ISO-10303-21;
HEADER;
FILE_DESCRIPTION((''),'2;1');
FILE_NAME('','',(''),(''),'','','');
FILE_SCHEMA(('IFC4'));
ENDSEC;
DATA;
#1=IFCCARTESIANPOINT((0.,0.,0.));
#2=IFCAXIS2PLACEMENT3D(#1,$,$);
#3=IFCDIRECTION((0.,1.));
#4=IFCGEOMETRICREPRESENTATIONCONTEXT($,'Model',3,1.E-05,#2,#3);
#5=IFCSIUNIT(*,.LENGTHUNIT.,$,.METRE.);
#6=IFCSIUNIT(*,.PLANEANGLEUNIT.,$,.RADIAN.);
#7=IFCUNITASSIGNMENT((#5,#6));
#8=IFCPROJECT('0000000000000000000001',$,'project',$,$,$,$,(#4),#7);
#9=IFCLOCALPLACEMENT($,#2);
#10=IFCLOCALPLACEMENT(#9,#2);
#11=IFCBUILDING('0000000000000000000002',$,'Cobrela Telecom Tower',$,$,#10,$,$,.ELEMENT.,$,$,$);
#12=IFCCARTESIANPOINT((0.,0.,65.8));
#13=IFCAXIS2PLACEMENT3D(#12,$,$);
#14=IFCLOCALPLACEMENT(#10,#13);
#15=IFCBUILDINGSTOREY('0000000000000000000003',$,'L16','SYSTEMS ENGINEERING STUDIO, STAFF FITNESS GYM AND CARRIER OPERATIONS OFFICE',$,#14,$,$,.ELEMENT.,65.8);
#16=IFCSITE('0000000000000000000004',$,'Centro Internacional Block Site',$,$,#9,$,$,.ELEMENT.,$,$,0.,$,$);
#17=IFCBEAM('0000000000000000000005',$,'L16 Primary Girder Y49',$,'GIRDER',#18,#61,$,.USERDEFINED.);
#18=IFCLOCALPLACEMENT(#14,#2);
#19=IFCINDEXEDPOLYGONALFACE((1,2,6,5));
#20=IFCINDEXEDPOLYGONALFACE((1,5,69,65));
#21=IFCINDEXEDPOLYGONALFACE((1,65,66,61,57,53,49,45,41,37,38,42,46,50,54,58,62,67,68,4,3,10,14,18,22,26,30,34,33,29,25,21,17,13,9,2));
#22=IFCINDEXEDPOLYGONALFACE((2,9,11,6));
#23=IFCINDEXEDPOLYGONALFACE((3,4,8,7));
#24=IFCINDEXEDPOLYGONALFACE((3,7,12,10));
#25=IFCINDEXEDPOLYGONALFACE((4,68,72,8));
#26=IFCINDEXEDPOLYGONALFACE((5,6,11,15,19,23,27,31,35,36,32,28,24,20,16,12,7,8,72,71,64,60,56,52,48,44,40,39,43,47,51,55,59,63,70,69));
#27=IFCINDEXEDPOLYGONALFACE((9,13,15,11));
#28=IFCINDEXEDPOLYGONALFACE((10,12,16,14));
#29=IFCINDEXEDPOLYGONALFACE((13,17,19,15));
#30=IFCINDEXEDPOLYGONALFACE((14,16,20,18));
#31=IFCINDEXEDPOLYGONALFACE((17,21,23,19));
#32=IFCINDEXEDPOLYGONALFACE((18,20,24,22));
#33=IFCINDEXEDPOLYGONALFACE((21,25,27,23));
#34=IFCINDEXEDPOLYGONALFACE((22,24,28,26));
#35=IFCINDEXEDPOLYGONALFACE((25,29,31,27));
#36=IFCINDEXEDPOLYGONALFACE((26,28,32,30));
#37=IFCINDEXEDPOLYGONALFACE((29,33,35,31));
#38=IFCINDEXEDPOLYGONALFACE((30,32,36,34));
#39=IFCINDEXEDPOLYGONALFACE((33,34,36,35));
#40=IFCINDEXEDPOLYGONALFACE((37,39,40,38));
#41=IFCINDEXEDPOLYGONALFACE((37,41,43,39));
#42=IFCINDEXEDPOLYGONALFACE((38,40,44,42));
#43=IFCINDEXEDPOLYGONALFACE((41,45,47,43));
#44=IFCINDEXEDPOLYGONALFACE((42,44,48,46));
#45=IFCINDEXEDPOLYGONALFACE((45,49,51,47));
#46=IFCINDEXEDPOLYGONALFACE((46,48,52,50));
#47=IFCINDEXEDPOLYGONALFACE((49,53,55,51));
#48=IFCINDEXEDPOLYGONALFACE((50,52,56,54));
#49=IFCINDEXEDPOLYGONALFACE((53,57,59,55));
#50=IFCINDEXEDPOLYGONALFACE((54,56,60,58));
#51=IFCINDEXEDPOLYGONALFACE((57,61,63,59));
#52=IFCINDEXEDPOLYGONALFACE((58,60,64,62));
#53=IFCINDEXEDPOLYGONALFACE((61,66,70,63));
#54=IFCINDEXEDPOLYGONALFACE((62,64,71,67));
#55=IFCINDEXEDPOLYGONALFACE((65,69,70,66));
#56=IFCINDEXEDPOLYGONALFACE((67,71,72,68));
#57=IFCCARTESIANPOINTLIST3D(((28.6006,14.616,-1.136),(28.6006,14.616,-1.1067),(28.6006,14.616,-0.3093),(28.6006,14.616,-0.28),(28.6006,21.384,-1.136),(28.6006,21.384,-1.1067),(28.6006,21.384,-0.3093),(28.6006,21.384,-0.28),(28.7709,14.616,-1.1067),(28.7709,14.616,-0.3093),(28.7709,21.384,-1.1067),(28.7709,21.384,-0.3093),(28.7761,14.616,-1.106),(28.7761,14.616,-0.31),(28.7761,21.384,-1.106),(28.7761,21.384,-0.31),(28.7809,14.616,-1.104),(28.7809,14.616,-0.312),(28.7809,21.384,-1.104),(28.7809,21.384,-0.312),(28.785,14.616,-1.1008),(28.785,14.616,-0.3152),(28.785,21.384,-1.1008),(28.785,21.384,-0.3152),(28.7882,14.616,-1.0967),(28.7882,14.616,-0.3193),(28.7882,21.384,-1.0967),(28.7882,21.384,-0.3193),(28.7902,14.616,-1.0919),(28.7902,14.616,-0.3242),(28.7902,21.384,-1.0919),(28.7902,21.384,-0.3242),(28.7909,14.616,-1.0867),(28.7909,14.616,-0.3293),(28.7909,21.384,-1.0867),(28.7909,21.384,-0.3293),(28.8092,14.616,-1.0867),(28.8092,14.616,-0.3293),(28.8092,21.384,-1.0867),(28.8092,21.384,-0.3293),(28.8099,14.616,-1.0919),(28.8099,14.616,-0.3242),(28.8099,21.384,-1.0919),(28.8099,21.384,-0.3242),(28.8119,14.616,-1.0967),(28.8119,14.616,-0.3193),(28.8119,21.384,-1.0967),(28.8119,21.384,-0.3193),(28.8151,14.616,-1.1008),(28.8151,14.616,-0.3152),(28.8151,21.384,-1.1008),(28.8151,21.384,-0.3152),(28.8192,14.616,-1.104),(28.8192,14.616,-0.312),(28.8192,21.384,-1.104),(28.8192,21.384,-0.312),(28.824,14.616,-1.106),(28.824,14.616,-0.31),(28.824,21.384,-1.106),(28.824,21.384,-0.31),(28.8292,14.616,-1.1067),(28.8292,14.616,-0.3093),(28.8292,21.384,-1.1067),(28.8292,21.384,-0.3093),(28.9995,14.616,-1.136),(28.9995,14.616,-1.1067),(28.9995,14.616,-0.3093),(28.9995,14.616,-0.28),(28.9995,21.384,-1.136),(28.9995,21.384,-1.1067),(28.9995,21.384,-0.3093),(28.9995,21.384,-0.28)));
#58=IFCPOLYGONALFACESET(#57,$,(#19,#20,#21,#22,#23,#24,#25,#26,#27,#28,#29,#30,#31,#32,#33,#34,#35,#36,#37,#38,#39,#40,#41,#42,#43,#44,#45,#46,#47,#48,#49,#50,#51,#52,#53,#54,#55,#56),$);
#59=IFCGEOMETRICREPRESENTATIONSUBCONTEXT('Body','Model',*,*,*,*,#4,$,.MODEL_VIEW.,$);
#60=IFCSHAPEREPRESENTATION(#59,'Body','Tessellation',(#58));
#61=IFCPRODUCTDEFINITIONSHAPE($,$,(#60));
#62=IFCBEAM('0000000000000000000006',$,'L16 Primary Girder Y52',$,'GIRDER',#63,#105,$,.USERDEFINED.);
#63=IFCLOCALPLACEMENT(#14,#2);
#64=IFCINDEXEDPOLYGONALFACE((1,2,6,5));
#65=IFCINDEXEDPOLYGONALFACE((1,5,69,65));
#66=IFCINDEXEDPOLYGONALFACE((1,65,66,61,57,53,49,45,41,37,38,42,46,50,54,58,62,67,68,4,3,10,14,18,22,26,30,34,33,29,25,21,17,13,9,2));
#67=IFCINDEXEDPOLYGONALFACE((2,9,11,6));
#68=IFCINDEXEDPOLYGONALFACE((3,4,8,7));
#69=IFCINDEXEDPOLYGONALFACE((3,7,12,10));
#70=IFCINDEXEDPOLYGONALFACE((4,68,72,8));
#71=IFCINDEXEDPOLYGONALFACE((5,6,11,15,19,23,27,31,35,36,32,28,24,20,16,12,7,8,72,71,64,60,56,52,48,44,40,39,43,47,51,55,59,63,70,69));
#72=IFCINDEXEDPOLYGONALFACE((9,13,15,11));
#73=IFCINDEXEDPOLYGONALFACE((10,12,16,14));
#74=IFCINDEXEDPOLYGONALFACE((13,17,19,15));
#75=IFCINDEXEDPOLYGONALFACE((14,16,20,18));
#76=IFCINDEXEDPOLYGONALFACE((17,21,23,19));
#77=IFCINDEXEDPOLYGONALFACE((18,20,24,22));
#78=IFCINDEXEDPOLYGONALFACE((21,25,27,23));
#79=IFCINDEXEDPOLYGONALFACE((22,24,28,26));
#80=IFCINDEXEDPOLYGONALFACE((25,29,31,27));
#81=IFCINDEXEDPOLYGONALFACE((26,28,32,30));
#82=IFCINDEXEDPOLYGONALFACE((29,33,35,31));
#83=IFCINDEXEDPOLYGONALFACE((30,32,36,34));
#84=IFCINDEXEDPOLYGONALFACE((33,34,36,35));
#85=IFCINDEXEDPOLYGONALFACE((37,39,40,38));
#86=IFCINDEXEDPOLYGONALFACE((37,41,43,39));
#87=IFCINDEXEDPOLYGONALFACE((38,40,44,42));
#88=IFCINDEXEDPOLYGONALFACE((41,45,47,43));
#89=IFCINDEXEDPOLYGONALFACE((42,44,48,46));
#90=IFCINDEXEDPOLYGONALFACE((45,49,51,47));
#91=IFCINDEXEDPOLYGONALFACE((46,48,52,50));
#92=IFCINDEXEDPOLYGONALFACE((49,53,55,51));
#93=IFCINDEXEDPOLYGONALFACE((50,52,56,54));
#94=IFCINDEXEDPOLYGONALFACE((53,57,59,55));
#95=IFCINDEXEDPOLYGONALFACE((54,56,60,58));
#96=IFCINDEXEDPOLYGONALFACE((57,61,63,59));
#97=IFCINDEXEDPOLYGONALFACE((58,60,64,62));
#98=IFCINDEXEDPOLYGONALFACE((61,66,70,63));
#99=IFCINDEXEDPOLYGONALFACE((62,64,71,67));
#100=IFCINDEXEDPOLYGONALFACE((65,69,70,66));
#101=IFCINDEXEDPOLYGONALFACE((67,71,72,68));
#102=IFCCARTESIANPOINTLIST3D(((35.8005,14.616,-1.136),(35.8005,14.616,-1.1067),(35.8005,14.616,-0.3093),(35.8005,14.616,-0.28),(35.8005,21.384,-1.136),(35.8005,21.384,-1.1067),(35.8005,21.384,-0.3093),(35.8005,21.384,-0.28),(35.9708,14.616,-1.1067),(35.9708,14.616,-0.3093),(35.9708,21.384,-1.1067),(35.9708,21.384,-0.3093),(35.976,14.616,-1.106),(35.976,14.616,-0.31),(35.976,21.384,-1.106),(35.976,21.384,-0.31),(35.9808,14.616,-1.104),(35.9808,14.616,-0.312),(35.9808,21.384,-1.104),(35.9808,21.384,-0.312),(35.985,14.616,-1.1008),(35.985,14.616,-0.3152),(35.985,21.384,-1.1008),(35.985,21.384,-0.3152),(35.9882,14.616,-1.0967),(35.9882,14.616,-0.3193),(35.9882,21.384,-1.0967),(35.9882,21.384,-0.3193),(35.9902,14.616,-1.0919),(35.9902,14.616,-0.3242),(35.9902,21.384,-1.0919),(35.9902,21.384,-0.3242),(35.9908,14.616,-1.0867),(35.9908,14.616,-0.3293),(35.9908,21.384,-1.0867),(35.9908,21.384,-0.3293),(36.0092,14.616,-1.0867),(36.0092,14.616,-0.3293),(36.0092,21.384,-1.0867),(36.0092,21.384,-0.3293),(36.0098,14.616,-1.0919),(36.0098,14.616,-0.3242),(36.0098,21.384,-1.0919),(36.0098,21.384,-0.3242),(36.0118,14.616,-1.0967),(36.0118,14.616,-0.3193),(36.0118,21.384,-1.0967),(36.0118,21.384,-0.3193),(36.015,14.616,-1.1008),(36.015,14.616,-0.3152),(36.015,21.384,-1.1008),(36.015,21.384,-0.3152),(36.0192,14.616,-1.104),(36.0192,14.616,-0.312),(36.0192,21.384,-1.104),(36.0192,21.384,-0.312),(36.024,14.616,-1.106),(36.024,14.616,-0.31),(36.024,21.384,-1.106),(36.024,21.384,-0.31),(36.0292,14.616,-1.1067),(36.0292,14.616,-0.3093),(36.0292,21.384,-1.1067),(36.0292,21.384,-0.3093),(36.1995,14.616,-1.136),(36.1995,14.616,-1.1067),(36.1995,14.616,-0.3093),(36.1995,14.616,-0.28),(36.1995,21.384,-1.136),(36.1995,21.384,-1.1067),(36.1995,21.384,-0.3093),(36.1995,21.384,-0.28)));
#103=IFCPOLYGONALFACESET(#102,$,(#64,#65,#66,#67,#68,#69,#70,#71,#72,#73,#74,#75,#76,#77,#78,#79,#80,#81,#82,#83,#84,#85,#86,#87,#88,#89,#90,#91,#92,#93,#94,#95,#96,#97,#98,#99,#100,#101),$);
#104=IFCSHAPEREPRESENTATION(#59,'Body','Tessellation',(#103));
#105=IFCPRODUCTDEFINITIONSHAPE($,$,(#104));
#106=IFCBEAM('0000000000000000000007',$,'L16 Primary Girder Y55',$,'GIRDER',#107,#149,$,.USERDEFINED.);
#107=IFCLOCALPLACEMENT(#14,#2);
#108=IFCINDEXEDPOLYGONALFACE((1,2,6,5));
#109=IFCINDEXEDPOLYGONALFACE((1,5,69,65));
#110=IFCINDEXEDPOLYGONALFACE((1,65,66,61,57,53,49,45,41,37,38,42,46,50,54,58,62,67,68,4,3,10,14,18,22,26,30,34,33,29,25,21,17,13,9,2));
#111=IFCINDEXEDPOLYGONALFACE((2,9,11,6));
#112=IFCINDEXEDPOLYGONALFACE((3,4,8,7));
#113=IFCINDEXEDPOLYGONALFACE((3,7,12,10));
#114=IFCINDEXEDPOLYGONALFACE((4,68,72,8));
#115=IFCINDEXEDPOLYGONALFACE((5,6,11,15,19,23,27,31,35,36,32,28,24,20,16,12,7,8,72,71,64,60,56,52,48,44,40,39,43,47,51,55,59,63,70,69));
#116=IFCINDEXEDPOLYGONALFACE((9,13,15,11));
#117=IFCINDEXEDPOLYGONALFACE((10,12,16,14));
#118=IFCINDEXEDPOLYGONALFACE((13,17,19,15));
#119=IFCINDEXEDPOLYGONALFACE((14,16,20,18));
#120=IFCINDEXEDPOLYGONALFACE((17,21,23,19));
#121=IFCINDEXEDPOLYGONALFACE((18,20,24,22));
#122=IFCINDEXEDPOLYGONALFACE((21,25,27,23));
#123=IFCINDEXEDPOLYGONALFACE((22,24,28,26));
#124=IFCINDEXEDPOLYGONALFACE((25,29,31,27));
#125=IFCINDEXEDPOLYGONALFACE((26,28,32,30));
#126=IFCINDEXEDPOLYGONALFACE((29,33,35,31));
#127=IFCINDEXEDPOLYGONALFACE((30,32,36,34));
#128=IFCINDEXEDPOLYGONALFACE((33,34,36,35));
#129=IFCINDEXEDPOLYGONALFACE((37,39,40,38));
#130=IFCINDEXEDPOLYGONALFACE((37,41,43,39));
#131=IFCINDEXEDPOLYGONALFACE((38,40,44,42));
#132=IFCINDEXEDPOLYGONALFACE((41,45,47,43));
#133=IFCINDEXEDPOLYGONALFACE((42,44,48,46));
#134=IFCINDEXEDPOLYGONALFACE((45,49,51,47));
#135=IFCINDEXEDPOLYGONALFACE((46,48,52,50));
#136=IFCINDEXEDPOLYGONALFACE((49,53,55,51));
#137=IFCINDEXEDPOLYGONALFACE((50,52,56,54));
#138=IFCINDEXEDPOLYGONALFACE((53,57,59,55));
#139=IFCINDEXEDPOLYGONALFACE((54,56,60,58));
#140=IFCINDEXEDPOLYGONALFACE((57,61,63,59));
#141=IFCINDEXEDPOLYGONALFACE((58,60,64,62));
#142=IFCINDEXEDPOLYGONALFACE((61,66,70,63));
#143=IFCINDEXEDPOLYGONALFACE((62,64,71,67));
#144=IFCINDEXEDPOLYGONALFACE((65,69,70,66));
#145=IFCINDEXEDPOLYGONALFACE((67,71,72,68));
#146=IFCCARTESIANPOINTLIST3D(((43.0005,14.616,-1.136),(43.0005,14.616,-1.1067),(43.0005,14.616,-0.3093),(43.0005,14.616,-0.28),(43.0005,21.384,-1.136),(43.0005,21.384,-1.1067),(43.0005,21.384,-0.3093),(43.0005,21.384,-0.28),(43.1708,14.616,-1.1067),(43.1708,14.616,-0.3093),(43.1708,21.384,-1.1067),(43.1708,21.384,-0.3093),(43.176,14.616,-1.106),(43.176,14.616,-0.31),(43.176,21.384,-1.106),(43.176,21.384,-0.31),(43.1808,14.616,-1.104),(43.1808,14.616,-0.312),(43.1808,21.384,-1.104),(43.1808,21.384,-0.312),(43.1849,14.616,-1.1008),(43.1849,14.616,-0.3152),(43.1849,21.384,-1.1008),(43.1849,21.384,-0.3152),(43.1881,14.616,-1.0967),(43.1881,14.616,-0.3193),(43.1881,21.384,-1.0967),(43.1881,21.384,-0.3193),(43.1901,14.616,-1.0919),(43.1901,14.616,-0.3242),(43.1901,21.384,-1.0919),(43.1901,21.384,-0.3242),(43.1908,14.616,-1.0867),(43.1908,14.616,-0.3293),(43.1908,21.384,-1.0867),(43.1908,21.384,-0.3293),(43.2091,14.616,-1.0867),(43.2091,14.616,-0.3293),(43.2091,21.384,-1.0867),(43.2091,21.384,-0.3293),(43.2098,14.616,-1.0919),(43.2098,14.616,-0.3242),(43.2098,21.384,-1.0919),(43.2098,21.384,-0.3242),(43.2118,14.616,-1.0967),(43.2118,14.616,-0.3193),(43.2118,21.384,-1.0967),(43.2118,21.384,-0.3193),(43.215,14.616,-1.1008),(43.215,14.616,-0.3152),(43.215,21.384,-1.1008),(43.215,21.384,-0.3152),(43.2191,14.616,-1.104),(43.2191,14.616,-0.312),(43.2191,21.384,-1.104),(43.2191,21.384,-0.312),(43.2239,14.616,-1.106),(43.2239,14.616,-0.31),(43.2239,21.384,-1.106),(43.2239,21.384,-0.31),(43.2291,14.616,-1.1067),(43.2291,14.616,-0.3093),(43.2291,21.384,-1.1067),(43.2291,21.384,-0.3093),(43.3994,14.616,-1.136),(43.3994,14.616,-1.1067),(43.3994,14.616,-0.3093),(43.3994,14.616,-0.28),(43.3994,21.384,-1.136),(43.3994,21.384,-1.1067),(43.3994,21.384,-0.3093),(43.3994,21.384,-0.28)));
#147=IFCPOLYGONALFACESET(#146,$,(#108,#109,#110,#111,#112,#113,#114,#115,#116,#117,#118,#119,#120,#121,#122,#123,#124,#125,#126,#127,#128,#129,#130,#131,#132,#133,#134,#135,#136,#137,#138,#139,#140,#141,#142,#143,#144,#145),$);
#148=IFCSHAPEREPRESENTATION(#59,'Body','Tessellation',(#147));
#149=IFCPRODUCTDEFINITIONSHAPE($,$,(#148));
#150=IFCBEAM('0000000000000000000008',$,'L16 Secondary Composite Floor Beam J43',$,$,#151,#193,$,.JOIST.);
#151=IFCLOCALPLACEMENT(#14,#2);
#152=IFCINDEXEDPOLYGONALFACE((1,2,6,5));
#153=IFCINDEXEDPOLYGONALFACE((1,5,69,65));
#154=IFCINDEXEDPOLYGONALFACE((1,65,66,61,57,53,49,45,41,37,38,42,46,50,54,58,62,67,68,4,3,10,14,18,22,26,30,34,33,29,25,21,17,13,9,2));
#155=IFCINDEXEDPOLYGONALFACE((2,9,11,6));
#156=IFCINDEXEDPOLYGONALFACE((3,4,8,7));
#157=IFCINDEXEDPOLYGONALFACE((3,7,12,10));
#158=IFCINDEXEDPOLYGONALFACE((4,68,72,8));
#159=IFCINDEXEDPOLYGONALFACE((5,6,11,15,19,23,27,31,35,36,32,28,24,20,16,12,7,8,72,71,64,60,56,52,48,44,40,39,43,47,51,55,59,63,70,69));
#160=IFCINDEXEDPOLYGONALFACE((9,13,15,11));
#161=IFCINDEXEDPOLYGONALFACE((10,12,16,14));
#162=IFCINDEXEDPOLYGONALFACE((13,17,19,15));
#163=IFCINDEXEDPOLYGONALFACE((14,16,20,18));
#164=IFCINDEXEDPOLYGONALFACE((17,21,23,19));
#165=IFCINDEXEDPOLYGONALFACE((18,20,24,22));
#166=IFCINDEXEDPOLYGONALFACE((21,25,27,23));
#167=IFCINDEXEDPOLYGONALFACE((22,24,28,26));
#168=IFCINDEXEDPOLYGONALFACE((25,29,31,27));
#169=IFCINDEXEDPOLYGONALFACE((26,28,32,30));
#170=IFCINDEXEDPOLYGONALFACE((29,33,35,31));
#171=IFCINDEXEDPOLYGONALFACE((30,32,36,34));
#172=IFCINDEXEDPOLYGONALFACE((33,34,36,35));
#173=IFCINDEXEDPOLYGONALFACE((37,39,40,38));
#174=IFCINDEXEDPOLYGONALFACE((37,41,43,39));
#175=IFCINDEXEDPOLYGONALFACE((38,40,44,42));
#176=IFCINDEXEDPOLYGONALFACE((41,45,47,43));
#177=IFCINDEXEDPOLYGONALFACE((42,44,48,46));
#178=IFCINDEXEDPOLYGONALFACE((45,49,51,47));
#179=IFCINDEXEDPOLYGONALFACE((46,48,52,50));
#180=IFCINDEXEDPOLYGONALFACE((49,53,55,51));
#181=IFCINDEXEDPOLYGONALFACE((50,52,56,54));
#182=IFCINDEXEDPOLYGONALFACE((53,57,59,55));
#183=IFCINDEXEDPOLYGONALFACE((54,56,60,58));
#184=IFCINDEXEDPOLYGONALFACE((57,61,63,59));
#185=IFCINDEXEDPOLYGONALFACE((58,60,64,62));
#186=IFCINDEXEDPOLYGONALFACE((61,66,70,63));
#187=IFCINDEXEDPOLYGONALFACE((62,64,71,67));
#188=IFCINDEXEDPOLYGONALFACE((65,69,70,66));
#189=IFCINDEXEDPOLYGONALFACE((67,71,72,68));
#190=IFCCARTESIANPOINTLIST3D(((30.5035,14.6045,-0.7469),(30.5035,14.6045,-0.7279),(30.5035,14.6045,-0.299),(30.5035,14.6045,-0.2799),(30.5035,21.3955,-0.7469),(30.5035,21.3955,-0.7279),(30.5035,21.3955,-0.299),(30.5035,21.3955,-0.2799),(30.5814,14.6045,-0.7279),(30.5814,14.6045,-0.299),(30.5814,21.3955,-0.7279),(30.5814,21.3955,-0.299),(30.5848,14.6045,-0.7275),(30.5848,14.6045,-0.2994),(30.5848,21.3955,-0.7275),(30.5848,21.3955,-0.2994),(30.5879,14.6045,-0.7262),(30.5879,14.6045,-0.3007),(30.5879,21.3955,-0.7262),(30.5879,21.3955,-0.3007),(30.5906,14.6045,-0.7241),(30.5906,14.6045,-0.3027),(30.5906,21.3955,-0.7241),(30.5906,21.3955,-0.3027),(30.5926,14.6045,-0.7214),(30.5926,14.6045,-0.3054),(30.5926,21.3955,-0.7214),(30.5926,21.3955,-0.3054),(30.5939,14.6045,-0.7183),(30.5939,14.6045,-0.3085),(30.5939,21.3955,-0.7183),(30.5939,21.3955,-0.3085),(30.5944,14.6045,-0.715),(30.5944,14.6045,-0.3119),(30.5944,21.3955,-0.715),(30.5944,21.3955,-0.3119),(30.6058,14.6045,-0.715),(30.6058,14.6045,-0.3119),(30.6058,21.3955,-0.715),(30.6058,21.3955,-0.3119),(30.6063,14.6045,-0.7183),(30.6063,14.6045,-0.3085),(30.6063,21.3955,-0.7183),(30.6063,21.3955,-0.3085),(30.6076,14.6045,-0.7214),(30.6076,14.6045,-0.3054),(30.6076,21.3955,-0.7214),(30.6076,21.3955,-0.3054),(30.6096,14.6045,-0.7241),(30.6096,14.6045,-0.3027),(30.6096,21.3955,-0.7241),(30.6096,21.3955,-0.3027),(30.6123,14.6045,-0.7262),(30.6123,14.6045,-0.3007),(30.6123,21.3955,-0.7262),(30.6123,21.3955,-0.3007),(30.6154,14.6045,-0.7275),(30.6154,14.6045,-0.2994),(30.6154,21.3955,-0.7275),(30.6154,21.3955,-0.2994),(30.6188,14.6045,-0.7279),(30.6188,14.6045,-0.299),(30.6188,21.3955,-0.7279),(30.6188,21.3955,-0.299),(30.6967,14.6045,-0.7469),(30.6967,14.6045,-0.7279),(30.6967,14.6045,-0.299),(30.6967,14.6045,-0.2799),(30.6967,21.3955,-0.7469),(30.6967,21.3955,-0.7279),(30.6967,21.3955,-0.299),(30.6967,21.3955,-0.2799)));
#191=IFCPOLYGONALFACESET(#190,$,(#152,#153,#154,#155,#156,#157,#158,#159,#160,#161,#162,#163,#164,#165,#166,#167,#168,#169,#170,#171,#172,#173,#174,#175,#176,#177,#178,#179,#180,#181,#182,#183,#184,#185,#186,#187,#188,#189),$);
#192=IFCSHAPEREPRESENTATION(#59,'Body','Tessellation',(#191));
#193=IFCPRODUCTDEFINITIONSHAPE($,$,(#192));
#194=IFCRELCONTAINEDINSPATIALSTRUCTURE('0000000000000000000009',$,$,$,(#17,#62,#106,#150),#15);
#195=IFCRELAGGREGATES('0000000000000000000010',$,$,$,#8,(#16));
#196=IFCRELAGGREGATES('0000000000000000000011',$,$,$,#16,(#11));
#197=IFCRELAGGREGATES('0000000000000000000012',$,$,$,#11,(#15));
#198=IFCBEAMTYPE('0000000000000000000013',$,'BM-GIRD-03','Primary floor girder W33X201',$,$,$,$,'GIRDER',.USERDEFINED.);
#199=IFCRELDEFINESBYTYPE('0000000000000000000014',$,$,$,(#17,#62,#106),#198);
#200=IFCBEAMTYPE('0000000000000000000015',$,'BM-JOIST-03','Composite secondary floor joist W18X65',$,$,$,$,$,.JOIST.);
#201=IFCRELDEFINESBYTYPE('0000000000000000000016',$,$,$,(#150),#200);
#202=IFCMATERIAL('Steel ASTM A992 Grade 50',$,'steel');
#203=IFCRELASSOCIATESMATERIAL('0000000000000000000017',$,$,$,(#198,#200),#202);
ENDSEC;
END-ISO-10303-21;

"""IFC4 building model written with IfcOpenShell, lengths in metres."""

from ifc_helpers import new_model, si_unit, direction, frame, origin, origin_2d, place, context, subcontext, project, spatial, i_section, extrude, material, material_profile, profile_set, type_object, element, save


model = new_model("IFC4")

# Units and contexts
model_context = context("Model", 3, precision=1e-05, world=origin(), true_north=direction((0.0, 1.0)))
body_context = subcontext(model_context, "Body", "Model", "MODEL_VIEW")
ifc_project = project(units=[si_unit("LENGTHUNIT", "METRE"), si_unit("PLANEANGLEUNIT", "RADIAN")], contexts=[model_context])

# Site, building, storey
site_placement = place(None, origin())
site = spatial("IfcSite", under=ifc_project, at=site_placement, Name="Centro Internacional Block Site", CompositionType="ELEMENT", RefElevation=0.0)
building_placement = place(site_placement, origin())
building = spatial("IfcBuilding", under=site, at=building_placement, Name="Cobrela Telecom Tower", CompositionType="ELEMENT")
storey_placement = place(building_placement, frame((0.0, 0.0, 65.8)))
storey = spatial("IfcBuildingStorey", under=building, at=storey_placement, Name="L16", Description="SYSTEMS ENGINEERING STUDIO, STAFF FITNESS GYM AND CARRIER OPERATIONS OFFICE", CompositionType="ELEMENT", Elevation=65.8)

# Shared definitions
ifc_material_1 = material(Name="Steel ASTM A992 Grade 50", Category="steel")

# Beams
ifc_material_profile_1 = material_profile(ifc_material_1, i_section(OverallWidth=0.3989, OverallDepth=0.856, WebThickness=0.0183, FlangeThickness=0.0293, FilletRadius=0.02, at=origin_2d()), Name="W33X201")
ifc_profile_set_1 = profile_set([ifc_material_profile_1], Name="Steel ASTM A992 Grade 50")
beam_type_1 = type_object("IfcBeamType", Name="BM-GIRD-03", Description="Primary floor girder W33X201", ElementType="GIRDER", PredefinedType="USERDEFINED", material=ifc_profile_set_1)
for number, where, z_axis, x_axis, name in (
    (1, (28.8, 14.616, -0.708), (0.0, 1.0, 0.0), (-1.0, 0.0, 0.0), "L16 Primary Girder Y49"),
    (2, (36.0, 14.616, -0.708), (0.0, 1.0, 0.0), (-1.0, 0.0, 0.0), "L16 Primary Girder Y52"),
    (3, (43.2, 14.616, -0.708), (0.0, 1.0, 0.0), (-1.0, 0.0, 0.0), "L16 Primary Girder Y55"),
):
    element("IfcBeam", number, at=place(storey_placement, frame(where, z_axis=z_axis, x_axis=x_axis)), inside=storey, type_object=beam_type_1, Name=name, ObjectType="GIRDER", PredefinedType="USERDEFINED", context=body_context, shape_type="SweptSolid", body=[
        extrude(i_section(OverallWidth=0.3989, OverallDepth=0.856, WebThickness=0.0183, FlangeThickness=0.0293, FilletRadius=0.02, at=origin_2d()), origin(), (0.0, 0.0, 1.0), 6.7681),
    ])
ifc_material_profile_2 = material_profile(ifc_material_1, i_section(OverallWidth=0.1931, OverallDepth=0.467, WebThickness=0.0115, FlangeThickness=0.019, FilletRadius=0.0129, at=origin_2d()), Name="W18X65")
ifc_profile_set_2 = profile_set([ifc_material_profile_2], Name="Steel ASTM A992 Grade 50")
beam_type_2 = type_object("IfcBeamType", Name="BM-JOIST-03", Description="Composite secondary floor joist W18X65", PredefinedType="JOIST", material=ifc_profile_set_2)
for number, where, z_axis, x_axis, name in (
    (4, (30.6001, 14.6045, -0.5134), (0.0, 1.0, 0.0), (-1.0, 0.0, 0.0), "L16 Secondary Composite Floor Beam J43"),
):
    element("IfcBeam", number, at=place(storey_placement, frame(where, z_axis=z_axis, x_axis=x_axis)), inside=storey, type_object=beam_type_2, Name=name, PredefinedType="JOIST", context=body_context, shape_type="SweptSolid", body=[
        extrude(i_section(OverallWidth=0.1931, OverallDepth=0.467, WebThickness=0.0115, FlangeThickness=0.019, FilletRadius=0.0129, at=origin_2d()), origin(), (0.0, 0.0, 1.0), 6.791),
    ])

save(model, "model.ifc")
